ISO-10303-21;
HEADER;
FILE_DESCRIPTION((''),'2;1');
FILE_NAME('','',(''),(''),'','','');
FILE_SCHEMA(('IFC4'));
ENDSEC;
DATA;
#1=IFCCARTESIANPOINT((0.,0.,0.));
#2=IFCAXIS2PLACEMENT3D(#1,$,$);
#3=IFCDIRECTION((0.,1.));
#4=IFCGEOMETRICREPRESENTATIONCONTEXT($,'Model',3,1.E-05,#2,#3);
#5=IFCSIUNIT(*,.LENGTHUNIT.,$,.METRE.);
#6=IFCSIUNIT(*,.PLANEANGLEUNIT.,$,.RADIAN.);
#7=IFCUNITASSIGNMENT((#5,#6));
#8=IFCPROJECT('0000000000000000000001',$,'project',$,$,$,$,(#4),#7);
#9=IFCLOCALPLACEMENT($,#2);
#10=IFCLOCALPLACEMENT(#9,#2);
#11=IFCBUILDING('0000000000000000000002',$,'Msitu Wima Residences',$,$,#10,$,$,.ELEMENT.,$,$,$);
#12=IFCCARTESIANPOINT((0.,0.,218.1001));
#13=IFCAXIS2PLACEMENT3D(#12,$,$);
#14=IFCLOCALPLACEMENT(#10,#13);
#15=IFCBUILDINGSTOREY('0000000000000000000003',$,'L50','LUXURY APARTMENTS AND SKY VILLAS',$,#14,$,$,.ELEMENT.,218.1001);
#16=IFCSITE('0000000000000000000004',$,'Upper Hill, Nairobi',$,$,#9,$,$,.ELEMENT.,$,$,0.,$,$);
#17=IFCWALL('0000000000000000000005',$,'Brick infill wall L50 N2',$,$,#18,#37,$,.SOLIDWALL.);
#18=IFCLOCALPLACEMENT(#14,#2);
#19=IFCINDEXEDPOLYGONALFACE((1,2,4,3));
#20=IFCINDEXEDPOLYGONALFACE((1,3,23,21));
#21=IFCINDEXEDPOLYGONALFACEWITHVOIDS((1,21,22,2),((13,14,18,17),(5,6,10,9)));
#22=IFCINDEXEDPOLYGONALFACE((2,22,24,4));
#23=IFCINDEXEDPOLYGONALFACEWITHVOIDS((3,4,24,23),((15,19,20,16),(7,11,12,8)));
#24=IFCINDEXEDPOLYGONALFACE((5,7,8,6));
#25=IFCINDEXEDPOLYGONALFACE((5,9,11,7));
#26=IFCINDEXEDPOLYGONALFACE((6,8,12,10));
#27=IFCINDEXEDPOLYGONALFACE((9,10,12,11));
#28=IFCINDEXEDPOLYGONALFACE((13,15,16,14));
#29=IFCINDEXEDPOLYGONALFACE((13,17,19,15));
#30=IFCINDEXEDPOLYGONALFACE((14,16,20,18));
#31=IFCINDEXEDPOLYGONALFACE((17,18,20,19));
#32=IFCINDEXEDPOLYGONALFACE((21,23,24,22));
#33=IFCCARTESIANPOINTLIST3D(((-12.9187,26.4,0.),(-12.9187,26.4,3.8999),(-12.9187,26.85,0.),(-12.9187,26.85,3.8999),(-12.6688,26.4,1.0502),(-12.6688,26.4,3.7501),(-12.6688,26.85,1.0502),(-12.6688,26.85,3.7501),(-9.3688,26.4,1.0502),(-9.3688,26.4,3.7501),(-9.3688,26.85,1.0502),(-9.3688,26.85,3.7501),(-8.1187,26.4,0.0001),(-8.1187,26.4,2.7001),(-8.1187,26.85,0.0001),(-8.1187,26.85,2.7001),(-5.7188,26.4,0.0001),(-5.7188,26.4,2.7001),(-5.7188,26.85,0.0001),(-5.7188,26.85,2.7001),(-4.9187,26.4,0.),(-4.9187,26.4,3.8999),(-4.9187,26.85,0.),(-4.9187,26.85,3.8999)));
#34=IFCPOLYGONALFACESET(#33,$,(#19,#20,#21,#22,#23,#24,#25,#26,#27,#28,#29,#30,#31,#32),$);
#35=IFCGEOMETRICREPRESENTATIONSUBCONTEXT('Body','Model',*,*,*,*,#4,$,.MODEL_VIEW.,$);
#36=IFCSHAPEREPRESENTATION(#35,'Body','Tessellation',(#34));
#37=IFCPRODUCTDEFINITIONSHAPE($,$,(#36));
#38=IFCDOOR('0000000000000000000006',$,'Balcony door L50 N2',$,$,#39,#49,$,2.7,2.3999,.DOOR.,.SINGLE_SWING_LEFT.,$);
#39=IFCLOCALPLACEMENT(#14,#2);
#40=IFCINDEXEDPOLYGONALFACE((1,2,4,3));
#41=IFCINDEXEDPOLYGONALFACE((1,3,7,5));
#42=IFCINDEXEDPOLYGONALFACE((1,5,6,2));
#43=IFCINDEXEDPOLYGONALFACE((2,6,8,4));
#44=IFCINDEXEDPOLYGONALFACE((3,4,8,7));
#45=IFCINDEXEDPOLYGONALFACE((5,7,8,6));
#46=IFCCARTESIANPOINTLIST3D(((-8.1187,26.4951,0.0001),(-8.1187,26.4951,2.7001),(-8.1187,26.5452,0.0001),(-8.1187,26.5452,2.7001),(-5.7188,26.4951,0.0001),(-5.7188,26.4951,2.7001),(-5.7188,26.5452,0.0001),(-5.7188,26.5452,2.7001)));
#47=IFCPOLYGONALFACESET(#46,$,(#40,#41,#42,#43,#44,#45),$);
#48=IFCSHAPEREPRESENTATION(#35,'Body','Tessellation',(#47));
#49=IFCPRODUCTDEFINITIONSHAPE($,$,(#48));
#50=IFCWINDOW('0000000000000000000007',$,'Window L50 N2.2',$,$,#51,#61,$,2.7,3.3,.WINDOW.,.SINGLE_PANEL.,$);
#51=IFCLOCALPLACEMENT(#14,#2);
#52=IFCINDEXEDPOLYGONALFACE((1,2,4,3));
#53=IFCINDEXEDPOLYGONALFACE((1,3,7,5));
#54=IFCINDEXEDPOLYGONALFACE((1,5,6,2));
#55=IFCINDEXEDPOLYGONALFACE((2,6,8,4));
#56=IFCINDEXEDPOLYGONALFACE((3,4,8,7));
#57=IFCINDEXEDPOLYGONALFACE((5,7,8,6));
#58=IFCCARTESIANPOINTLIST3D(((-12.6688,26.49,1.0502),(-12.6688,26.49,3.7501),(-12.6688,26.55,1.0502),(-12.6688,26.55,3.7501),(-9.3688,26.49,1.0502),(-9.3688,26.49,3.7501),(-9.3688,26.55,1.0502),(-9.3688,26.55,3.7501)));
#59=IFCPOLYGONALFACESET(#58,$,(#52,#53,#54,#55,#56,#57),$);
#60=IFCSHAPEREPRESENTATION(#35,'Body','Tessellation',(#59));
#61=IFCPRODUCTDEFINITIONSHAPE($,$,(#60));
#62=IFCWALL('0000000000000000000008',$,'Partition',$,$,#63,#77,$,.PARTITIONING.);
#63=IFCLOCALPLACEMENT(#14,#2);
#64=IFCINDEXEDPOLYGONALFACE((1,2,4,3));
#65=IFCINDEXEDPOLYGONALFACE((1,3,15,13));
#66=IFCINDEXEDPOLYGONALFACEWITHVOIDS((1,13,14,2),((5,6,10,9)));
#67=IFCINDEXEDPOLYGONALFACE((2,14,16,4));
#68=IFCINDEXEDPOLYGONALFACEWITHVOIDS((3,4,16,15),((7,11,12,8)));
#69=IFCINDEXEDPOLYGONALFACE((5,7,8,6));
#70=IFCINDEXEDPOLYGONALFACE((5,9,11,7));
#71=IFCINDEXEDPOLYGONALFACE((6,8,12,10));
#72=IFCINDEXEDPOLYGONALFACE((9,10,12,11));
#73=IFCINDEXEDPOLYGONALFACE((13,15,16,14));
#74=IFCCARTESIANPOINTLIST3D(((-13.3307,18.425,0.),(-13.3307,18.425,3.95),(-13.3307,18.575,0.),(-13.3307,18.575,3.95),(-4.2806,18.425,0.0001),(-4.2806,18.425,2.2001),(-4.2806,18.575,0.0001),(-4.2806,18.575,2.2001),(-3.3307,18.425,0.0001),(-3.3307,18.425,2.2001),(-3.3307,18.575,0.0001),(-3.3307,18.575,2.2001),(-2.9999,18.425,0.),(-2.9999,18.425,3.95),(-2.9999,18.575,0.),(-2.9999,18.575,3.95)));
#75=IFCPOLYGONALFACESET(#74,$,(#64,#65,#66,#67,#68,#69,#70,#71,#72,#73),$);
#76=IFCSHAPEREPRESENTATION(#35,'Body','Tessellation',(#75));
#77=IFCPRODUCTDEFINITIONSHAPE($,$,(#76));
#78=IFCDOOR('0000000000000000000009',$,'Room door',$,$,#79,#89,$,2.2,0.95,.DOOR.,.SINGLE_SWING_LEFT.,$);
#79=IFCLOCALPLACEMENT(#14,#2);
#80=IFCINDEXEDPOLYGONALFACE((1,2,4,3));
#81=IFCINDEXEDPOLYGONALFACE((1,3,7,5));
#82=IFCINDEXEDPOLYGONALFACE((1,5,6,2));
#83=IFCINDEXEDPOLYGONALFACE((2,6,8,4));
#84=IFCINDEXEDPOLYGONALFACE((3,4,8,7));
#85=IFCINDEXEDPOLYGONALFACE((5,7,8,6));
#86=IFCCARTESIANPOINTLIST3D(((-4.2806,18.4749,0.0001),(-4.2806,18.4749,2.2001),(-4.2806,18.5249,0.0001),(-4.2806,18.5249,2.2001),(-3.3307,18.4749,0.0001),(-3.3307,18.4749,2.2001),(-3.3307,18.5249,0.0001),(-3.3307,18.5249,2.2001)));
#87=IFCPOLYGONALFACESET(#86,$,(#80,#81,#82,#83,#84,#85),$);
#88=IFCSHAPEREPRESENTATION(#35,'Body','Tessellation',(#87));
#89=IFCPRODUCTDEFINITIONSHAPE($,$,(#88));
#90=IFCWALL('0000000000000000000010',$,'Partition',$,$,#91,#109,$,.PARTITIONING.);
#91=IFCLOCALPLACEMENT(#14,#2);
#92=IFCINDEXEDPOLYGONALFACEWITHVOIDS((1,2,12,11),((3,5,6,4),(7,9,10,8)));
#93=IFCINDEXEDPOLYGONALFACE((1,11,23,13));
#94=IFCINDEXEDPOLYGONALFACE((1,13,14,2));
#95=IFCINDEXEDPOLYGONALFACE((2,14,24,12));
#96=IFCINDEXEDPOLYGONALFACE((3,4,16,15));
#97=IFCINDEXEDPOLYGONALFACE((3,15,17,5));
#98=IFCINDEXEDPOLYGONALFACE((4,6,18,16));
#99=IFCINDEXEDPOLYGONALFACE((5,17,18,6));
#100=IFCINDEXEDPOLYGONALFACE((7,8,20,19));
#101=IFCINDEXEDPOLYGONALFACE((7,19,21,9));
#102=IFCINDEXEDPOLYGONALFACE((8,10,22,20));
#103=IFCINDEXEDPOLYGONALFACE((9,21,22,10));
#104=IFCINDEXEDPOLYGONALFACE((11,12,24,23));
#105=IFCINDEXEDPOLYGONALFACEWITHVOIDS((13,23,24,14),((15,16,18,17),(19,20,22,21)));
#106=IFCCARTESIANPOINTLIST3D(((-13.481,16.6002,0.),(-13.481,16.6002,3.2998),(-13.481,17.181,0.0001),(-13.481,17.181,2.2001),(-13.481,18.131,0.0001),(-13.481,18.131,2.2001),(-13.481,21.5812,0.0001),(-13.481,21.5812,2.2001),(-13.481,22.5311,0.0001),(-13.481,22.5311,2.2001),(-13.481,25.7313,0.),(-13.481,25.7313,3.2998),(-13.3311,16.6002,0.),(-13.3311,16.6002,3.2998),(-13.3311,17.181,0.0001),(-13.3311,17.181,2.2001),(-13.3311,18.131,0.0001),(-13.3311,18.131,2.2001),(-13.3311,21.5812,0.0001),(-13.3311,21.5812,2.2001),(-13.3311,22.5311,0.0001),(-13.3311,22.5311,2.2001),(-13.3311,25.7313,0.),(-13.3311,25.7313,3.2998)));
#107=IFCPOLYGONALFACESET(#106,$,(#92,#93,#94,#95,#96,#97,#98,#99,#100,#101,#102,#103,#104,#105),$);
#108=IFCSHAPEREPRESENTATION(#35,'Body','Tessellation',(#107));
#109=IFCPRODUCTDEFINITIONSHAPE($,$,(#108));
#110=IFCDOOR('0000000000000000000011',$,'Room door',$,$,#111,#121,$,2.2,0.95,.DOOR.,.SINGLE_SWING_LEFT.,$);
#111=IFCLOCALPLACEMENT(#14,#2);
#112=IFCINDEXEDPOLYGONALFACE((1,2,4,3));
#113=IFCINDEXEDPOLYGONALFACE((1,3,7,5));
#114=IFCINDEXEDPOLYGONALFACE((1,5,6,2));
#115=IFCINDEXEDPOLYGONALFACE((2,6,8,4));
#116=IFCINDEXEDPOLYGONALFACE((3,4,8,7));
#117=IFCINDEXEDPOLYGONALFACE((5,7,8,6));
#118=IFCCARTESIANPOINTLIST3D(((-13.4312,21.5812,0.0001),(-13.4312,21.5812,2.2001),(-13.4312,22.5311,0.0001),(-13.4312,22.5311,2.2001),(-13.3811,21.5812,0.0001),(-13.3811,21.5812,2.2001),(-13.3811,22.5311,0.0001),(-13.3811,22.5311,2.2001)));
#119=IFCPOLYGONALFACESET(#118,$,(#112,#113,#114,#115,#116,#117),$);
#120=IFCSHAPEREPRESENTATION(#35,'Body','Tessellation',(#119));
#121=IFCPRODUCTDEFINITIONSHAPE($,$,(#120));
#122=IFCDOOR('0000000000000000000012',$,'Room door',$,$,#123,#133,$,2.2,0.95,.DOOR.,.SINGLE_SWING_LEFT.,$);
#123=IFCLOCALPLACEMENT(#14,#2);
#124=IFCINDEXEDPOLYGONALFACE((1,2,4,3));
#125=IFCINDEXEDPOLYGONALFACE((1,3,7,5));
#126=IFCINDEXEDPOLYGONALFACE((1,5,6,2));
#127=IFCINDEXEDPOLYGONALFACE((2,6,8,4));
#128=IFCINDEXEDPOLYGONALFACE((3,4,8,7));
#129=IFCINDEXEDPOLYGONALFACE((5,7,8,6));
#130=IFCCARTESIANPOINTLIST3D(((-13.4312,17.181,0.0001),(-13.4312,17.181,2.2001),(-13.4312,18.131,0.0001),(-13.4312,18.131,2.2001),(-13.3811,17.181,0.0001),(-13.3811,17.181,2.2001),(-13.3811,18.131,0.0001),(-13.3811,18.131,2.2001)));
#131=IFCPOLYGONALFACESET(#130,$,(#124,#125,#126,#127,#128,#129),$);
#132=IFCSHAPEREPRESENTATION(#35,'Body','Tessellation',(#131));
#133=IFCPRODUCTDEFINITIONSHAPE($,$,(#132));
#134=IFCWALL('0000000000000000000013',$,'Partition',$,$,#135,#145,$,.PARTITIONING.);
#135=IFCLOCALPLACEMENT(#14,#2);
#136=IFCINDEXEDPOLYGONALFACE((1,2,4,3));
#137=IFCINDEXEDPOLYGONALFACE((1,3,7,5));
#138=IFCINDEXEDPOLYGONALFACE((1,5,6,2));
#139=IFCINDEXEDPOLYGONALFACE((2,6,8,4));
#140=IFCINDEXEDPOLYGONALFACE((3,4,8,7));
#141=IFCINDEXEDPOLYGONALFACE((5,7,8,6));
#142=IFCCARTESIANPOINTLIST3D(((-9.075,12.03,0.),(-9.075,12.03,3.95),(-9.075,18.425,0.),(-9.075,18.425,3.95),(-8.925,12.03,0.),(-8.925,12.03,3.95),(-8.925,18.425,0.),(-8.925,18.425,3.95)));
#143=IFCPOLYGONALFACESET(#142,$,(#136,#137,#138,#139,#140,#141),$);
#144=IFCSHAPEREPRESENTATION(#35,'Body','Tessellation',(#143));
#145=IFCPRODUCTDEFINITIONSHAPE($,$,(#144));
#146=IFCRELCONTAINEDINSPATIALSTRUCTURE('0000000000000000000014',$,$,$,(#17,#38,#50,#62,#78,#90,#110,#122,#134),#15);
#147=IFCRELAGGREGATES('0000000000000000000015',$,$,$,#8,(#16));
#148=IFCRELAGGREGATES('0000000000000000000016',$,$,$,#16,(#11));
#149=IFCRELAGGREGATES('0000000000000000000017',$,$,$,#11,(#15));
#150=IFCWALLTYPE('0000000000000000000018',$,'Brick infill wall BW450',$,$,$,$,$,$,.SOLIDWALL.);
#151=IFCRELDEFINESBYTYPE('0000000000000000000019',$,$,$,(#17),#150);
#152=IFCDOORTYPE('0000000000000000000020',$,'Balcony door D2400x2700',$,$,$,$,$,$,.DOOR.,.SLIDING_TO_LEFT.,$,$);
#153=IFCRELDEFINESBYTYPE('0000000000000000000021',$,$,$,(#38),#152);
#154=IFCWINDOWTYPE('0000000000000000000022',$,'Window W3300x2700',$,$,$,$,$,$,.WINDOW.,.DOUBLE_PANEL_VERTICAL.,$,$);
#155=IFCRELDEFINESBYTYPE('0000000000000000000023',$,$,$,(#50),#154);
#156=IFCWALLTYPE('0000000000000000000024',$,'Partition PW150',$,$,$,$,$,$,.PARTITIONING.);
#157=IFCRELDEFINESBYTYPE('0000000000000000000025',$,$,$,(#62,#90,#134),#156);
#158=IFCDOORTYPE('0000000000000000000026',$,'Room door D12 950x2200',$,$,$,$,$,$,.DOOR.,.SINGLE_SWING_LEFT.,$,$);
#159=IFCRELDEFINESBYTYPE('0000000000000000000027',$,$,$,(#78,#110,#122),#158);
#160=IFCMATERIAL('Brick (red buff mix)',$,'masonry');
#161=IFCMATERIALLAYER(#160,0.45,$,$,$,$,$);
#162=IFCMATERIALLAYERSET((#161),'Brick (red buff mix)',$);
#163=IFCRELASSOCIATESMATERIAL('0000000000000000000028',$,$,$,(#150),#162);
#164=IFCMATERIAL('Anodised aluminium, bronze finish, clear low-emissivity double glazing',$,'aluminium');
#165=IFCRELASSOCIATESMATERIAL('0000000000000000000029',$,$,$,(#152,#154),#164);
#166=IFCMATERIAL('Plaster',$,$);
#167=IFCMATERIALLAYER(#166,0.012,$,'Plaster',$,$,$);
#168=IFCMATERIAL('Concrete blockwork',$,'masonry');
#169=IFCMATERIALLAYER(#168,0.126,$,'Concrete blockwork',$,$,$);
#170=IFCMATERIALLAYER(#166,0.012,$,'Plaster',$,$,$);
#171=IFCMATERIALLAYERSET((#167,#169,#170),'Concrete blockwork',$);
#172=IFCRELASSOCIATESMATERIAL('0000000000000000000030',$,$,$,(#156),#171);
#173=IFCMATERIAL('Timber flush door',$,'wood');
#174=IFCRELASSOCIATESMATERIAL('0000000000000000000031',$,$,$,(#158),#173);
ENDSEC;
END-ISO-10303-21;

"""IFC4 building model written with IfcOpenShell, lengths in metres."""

from ifc_helpers import new_model, si_unit, direction, frame, frame_2d, origin, place, context, subcontext, project, spatial, rectangle, extrude, material, layer, layer_set, type_object, element, fill, save


model = new_model("IFC4")

# Units and contexts
model_context = context("Model", 3, precision=1e-05, world=origin(), true_north=direction((0.0, 1.0)))
body_context = subcontext(model_context, "Body", "Model", "MODEL_VIEW")
ifc_project = project(units=[si_unit("LENGTHUNIT", "METRE"), si_unit("PLANEANGLEUNIT", "RADIAN")], contexts=[model_context])

# Site, building, storey
site_placement = place(None, origin())
site = spatial("IfcSite", under=ifc_project, at=site_placement, Name="Upper Hill, Nairobi", CompositionType="ELEMENT", RefElevation=0.0)
building_placement = place(site_placement, origin())
building = spatial("IfcBuilding", under=site, at=building_placement, Name="Msitu Wima Residences", CompositionType="ELEMENT")
storey_placement = place(building_placement, frame((0.0, 0.0, 218.1001)))
storey = spatial("IfcBuildingStorey", under=building, at=storey_placement, Name="L50", Description="LUXURY APARTMENTS AND SKY VILLAS", CompositionType="ELEMENT", Elevation=218.1001)

# Wall, openings, door, window
ifc_material_1 = material(Name="Brick (red buff mix)", Category="masonry")
ifc_layer_1 = layer(ifc_material_1, 0.45)
ifc_layer_set_1 = layer_set([ifc_layer_1], Name="Brick (red buff mix)")
wall_type_1 = type_object("IfcWallType", Name="Brick infill wall BW450", PredefinedType="SOLIDWALL", material=ifc_layer_set_1)
wall_1_placement = place(storey_placement, frame((-4.9187, 26.625, 0.0), z_axis=(0.0, 0.0, 1.0), x_axis=(-1.0, 0.0, 0.0)))
wall_1 = element("IfcWall", 1, at=wall_1_placement, inside=storey, type_object=wall_type_1, Name="Brick infill wall L50 N2", PredefinedType="SOLIDWALL", context=body_context, shape_type="SweptSolid", body=[
    extrude(rectangle(XDim=8.0, YDim=0.45, at=frame_2d((4.0, 0.0))), origin(), (0.0, 0.0, 1.0), 3.8999),
])
opening_1_placement = place(wall_1_placement, frame((0.8, 0.0, 0.0)))
opening_1 = element("IfcOpeningElement", 2, at=opening_1_placement, cuts=wall_1, PredefinedType="OPENING", context=body_context, shape_type="SweptSolid", body=[
    extrude(rectangle(XDim=2.3999, YDim=2.7, at=frame_2d((1.2, 1.3501))), frame((0.0, 0.2349, 0.0), z_axis=(0.0, -1.0, 0.0), x_axis=(1.0, 0.0, 0.0)), (0.0, 0.0, 1.0), 0.47),
])
opening_2_placement = place(wall_1_placement, frame((4.4502, 0.0, 1.05)))
opening_2 = element("IfcOpeningElement", 3, at=opening_2_placement, cuts=wall_1, PredefinedType="OPENING", context=body_context, shape_type="SweptSolid", body=[
    extrude(rectangle(XDim=3.3, YDim=2.7, at=frame_2d((1.6499, 1.3501))), frame((0.0, 0.2349, 0.0), z_axis=(0.0, -1.0, 0.0), x_axis=(1.0, 0.0, 0.0)), (0.0, 0.0, 1.0), 0.47),
])
ifc_material_2 = material(Name="Anodised aluminium, bronze finish, clear low-emissivity double glazing", Category="aluminium")
door_type_1 = type_object("IfcDoorType", Name="Balcony door D2400x2700", OperationType="SLIDING_TO_LEFT", PredefinedType="DOOR", material=ifc_material_2)
door_1_placement = place(opening_1_placement, origin())
door_1 = element("IfcDoor", 4, at=door_1_placement, inside=storey, type_object=door_type_1, Name="Balcony door L50 N2", OperationType="SINGLE_SWING_LEFT", OverallHeight=2.7, OverallWidth=2.3999, PredefinedType="DOOR", context=body_context, shape_type="SweptSolid", body=[
    extrude(rectangle(XDim=2.3999, YDim=2.7, at=frame_2d((1.2, 1.3501))), frame((0.0, 0.1299, 0.0), z_axis=(0.0, -1.0, 0.0), x_axis=(1.0, 0.0, 0.0)), (0.0, 0.0, 1.0), 0.05),
])
fill(opening_1, door_1)
window_type = type_object("IfcWindowType", Name="Window W3300x2700", PartitioningType="DOUBLE_PANEL_VERTICAL", PredefinedType="WINDOW", material=ifc_material_2)
window_placement = place(opening_2_placement, origin())
window = element("IfcWindow", 5, at=window_placement, inside=storey, type_object=window_type, Name="Window L50 N2.2", OverallHeight=2.7, OverallWidth=3.3, PartitioningType="SINGLE_PANEL", PredefinedType="WINDOW", context=body_context, shape_type="SweptSolid", body=[
    extrude(rectangle(XDim=3.3, YDim=2.7, at=frame_2d((1.6499, 1.3501))), frame((0.0, 0.135, 0.0), z_axis=(0.0, -1.0, 0.0), x_axis=(1.0, 0.0, 0.0)), (0.0, 0.0, 1.0), 0.0601),
])
fill(opening_2, window)

# Wall, opening, door
ifc_material_3 = material(Name="Plaster")
ifc_layer_2 = layer(ifc_material_3, 0.012, Name="Plaster")
ifc_material_4 = material(Name="Concrete blockwork", Category="masonry")
ifc_layer_3 = layer(ifc_material_4, 0.126, Name="Concrete blockwork")
ifc_layer_4 = layer(ifc_material_3, 0.012, Name="Plaster")
ifc_layer_set_2 = layer_set([ifc_layer_2, ifc_layer_3, ifc_layer_4], Name="Concrete blockwork")
wall_type_2 = type_object("IfcWallType", Name="Partition PW150", PredefinedType="PARTITIONING", material=ifc_layer_set_2)
wall_2_placement = place(storey_placement, frame((-13.3308, 18.5, 0.0), z_axis=(0.0, 0.0, 1.0), x_axis=(1.0, 0.0, 0.0)))
wall_2 = element("IfcWall", 6, at=wall_2_placement, inside=storey, type_object=wall_type_2, Name="Partition", PredefinedType="PARTITIONING", context=body_context, shape_type="SweptSolid", body=[
    extrude(rectangle(XDim=10.3308, YDim=0.1499, at=frame_2d((5.1655, 0.0))), origin(), (0.0, 0.0, 1.0), 3.95),
])
opening_3_placement = place(wall_2_placement, frame((9.05, 0.0, 0.0)))
opening_3 = element("IfcOpeningElement", 7, at=opening_3_placement, cuts=wall_2, PredefinedType="OPENING", context=body_context, shape_type="SweptSolid", body=[
    extrude(rectangle(XDim=0.95, YDim=2.2, at=frame_2d((0.4751, 1.1001))), frame((0.0, 0.085, 0.0), z_axis=(0.0, -1.0, 0.0), x_axis=(1.0, 0.0, 0.0)), (0.0, 0.0, 1.0), 0.1699),
])
ifc_material_5 = material(Name="Timber flush door", Category="wood")
door_type_2 = type_object("IfcDoorType", Name="Room door D12 950x2200", OperationType="SINGLE_SWING_LEFT", PredefinedType="DOOR", material=ifc_material_5)
door_2_placement = place(opening_3_placement, origin())
door_2 = element("IfcDoor", 8, at=door_2_placement, inside=storey, type_object=door_type_2, Name="Room door", OperationType="SINGLE_SWING_LEFT", OverallHeight=2.2, OverallWidth=0.95, PredefinedType="DOOR", context=body_context, shape_type="SweptSolid", body=[
    extrude(rectangle(XDim=0.95, YDim=2.2, at=frame_2d((0.4751, 1.1001))), frame((0.0, 0.0249, 0.0), z_axis=(0.0, -1.0, 0.0), x_axis=(1.0, 0.0, 0.0)), (0.0, 0.0, 1.0), 0.05),
])
fill(opening_3, door_2)

# Wall, openings, doors
wall_3_placement = place(storey_placement, frame((-13.406, 25.7312, 0.0), z_axis=(0.0, 0.0, 1.0), x_axis=(0.0, -1.0, 0.0)))
wall_3 = element("IfcWall", 9, at=wall_3_placement, inside=storey, type_object=wall_type_2, Name="Partition", PredefinedType="PARTITIONING", context=body_context, shape_type="SweptSolid", body=[
    extrude(rectangle(XDim=9.1311, YDim=0.1499, at=frame_2d((4.5654, 0.0))), origin(), (0.0, 0.0, 1.0), 3.2998),
])
opening_4_placement = place(wall_3_placement, frame((3.2, 0.0, 0.0)))
opening_4 = element("IfcOpeningElement", 10, at=opening_4_placement, cuts=wall_3, PredefinedType="OPENING", context=body_context, shape_type="SweptSolid", body=[
    extrude(rectangle(XDim=0.95, YDim=2.2, at=frame_2d((0.4751, 1.1001))), frame((0.0, 0.085, 0.0), z_axis=(0.0, -1.0, 0.0), x_axis=(1.0, 0.0, 0.0)), (0.0, 0.0, 1.0), 0.1699),
])
opening_5_placement = place(wall_3_placement, frame((7.6001, 0.0, 0.0)))
opening_5 = element("IfcOpeningElement", 11, at=opening_5_placement, cuts=wall_3, PredefinedType="OPENING", context=body_context, shape_type="SweptSolid", body=[
    extrude(rectangle(XDim=0.95, YDim=2.2, at=frame_2d((0.4751, 1.1001))), frame((0.0, 0.085, 0.0), z_axis=(0.0, -1.0, 0.0), x_axis=(1.0, 0.0, 0.0)), (0.0, 0.0, 1.0), 0.1699),
])
door_3_placement = place(opening_4_placement, origin())
door_3 = element("IfcDoor", 12, at=door_3_placement, inside=storey, type_object=door_type_2, Name="Room door", OperationType="SINGLE_SWING_LEFT", OverallHeight=2.2, OverallWidth=0.95, PredefinedType="DOOR", context=body_context, shape_type="SweptSolid", body=[
    extrude(rectangle(XDim=0.95, YDim=2.2, at=frame_2d((0.4751, 1.1001))), frame((0.0, 0.0249, 0.0), z_axis=(0.0, -1.0, 0.0), x_axis=(1.0, 0.0, 0.0)), (0.0, 0.0, 1.0), 0.05),
])
fill(opening_4, door_3)
door_4_placement = place(opening_5_placement, origin())
door_4 = element("IfcDoor", 13, at=door_4_placement, inside=storey, type_object=door_type_2, Name="Room door", OperationType="SINGLE_SWING_LEFT", OverallHeight=2.2, OverallWidth=0.95, PredefinedType="DOOR", context=body_context, shape_type="SweptSolid", body=[
    extrude(rectangle(XDim=0.95, YDim=2.2, at=frame_2d((0.4751, 1.1001))), frame((0.0, 0.0249, 0.0), z_axis=(0.0, -1.0, 0.0), x_axis=(1.0, 0.0, 0.0)), (0.0, 0.0, 1.0), 0.05),
])
fill(opening_5, door_4)

# Wall
wall_4_placement = place(storey_placement, frame((-9.0, 12.03, 0.0), z_axis=(0.0, 0.0, 1.0), x_axis=(0.0, 1.0, 0.0)))
element("IfcWall", 14, at=wall_4_placement, inside=storey, type_object=wall_type_2, Name="Partition", PredefinedType="PARTITIONING", context=body_context, shape_type="SweptSolid", body=[
    extrude(rectangle(XDim=6.395, YDim=0.1499, at=frame_2d((3.1975, 0.0))), origin(), (0.0, 0.0, 1.0), 3.95),
])

save(model, "model.ifc")
